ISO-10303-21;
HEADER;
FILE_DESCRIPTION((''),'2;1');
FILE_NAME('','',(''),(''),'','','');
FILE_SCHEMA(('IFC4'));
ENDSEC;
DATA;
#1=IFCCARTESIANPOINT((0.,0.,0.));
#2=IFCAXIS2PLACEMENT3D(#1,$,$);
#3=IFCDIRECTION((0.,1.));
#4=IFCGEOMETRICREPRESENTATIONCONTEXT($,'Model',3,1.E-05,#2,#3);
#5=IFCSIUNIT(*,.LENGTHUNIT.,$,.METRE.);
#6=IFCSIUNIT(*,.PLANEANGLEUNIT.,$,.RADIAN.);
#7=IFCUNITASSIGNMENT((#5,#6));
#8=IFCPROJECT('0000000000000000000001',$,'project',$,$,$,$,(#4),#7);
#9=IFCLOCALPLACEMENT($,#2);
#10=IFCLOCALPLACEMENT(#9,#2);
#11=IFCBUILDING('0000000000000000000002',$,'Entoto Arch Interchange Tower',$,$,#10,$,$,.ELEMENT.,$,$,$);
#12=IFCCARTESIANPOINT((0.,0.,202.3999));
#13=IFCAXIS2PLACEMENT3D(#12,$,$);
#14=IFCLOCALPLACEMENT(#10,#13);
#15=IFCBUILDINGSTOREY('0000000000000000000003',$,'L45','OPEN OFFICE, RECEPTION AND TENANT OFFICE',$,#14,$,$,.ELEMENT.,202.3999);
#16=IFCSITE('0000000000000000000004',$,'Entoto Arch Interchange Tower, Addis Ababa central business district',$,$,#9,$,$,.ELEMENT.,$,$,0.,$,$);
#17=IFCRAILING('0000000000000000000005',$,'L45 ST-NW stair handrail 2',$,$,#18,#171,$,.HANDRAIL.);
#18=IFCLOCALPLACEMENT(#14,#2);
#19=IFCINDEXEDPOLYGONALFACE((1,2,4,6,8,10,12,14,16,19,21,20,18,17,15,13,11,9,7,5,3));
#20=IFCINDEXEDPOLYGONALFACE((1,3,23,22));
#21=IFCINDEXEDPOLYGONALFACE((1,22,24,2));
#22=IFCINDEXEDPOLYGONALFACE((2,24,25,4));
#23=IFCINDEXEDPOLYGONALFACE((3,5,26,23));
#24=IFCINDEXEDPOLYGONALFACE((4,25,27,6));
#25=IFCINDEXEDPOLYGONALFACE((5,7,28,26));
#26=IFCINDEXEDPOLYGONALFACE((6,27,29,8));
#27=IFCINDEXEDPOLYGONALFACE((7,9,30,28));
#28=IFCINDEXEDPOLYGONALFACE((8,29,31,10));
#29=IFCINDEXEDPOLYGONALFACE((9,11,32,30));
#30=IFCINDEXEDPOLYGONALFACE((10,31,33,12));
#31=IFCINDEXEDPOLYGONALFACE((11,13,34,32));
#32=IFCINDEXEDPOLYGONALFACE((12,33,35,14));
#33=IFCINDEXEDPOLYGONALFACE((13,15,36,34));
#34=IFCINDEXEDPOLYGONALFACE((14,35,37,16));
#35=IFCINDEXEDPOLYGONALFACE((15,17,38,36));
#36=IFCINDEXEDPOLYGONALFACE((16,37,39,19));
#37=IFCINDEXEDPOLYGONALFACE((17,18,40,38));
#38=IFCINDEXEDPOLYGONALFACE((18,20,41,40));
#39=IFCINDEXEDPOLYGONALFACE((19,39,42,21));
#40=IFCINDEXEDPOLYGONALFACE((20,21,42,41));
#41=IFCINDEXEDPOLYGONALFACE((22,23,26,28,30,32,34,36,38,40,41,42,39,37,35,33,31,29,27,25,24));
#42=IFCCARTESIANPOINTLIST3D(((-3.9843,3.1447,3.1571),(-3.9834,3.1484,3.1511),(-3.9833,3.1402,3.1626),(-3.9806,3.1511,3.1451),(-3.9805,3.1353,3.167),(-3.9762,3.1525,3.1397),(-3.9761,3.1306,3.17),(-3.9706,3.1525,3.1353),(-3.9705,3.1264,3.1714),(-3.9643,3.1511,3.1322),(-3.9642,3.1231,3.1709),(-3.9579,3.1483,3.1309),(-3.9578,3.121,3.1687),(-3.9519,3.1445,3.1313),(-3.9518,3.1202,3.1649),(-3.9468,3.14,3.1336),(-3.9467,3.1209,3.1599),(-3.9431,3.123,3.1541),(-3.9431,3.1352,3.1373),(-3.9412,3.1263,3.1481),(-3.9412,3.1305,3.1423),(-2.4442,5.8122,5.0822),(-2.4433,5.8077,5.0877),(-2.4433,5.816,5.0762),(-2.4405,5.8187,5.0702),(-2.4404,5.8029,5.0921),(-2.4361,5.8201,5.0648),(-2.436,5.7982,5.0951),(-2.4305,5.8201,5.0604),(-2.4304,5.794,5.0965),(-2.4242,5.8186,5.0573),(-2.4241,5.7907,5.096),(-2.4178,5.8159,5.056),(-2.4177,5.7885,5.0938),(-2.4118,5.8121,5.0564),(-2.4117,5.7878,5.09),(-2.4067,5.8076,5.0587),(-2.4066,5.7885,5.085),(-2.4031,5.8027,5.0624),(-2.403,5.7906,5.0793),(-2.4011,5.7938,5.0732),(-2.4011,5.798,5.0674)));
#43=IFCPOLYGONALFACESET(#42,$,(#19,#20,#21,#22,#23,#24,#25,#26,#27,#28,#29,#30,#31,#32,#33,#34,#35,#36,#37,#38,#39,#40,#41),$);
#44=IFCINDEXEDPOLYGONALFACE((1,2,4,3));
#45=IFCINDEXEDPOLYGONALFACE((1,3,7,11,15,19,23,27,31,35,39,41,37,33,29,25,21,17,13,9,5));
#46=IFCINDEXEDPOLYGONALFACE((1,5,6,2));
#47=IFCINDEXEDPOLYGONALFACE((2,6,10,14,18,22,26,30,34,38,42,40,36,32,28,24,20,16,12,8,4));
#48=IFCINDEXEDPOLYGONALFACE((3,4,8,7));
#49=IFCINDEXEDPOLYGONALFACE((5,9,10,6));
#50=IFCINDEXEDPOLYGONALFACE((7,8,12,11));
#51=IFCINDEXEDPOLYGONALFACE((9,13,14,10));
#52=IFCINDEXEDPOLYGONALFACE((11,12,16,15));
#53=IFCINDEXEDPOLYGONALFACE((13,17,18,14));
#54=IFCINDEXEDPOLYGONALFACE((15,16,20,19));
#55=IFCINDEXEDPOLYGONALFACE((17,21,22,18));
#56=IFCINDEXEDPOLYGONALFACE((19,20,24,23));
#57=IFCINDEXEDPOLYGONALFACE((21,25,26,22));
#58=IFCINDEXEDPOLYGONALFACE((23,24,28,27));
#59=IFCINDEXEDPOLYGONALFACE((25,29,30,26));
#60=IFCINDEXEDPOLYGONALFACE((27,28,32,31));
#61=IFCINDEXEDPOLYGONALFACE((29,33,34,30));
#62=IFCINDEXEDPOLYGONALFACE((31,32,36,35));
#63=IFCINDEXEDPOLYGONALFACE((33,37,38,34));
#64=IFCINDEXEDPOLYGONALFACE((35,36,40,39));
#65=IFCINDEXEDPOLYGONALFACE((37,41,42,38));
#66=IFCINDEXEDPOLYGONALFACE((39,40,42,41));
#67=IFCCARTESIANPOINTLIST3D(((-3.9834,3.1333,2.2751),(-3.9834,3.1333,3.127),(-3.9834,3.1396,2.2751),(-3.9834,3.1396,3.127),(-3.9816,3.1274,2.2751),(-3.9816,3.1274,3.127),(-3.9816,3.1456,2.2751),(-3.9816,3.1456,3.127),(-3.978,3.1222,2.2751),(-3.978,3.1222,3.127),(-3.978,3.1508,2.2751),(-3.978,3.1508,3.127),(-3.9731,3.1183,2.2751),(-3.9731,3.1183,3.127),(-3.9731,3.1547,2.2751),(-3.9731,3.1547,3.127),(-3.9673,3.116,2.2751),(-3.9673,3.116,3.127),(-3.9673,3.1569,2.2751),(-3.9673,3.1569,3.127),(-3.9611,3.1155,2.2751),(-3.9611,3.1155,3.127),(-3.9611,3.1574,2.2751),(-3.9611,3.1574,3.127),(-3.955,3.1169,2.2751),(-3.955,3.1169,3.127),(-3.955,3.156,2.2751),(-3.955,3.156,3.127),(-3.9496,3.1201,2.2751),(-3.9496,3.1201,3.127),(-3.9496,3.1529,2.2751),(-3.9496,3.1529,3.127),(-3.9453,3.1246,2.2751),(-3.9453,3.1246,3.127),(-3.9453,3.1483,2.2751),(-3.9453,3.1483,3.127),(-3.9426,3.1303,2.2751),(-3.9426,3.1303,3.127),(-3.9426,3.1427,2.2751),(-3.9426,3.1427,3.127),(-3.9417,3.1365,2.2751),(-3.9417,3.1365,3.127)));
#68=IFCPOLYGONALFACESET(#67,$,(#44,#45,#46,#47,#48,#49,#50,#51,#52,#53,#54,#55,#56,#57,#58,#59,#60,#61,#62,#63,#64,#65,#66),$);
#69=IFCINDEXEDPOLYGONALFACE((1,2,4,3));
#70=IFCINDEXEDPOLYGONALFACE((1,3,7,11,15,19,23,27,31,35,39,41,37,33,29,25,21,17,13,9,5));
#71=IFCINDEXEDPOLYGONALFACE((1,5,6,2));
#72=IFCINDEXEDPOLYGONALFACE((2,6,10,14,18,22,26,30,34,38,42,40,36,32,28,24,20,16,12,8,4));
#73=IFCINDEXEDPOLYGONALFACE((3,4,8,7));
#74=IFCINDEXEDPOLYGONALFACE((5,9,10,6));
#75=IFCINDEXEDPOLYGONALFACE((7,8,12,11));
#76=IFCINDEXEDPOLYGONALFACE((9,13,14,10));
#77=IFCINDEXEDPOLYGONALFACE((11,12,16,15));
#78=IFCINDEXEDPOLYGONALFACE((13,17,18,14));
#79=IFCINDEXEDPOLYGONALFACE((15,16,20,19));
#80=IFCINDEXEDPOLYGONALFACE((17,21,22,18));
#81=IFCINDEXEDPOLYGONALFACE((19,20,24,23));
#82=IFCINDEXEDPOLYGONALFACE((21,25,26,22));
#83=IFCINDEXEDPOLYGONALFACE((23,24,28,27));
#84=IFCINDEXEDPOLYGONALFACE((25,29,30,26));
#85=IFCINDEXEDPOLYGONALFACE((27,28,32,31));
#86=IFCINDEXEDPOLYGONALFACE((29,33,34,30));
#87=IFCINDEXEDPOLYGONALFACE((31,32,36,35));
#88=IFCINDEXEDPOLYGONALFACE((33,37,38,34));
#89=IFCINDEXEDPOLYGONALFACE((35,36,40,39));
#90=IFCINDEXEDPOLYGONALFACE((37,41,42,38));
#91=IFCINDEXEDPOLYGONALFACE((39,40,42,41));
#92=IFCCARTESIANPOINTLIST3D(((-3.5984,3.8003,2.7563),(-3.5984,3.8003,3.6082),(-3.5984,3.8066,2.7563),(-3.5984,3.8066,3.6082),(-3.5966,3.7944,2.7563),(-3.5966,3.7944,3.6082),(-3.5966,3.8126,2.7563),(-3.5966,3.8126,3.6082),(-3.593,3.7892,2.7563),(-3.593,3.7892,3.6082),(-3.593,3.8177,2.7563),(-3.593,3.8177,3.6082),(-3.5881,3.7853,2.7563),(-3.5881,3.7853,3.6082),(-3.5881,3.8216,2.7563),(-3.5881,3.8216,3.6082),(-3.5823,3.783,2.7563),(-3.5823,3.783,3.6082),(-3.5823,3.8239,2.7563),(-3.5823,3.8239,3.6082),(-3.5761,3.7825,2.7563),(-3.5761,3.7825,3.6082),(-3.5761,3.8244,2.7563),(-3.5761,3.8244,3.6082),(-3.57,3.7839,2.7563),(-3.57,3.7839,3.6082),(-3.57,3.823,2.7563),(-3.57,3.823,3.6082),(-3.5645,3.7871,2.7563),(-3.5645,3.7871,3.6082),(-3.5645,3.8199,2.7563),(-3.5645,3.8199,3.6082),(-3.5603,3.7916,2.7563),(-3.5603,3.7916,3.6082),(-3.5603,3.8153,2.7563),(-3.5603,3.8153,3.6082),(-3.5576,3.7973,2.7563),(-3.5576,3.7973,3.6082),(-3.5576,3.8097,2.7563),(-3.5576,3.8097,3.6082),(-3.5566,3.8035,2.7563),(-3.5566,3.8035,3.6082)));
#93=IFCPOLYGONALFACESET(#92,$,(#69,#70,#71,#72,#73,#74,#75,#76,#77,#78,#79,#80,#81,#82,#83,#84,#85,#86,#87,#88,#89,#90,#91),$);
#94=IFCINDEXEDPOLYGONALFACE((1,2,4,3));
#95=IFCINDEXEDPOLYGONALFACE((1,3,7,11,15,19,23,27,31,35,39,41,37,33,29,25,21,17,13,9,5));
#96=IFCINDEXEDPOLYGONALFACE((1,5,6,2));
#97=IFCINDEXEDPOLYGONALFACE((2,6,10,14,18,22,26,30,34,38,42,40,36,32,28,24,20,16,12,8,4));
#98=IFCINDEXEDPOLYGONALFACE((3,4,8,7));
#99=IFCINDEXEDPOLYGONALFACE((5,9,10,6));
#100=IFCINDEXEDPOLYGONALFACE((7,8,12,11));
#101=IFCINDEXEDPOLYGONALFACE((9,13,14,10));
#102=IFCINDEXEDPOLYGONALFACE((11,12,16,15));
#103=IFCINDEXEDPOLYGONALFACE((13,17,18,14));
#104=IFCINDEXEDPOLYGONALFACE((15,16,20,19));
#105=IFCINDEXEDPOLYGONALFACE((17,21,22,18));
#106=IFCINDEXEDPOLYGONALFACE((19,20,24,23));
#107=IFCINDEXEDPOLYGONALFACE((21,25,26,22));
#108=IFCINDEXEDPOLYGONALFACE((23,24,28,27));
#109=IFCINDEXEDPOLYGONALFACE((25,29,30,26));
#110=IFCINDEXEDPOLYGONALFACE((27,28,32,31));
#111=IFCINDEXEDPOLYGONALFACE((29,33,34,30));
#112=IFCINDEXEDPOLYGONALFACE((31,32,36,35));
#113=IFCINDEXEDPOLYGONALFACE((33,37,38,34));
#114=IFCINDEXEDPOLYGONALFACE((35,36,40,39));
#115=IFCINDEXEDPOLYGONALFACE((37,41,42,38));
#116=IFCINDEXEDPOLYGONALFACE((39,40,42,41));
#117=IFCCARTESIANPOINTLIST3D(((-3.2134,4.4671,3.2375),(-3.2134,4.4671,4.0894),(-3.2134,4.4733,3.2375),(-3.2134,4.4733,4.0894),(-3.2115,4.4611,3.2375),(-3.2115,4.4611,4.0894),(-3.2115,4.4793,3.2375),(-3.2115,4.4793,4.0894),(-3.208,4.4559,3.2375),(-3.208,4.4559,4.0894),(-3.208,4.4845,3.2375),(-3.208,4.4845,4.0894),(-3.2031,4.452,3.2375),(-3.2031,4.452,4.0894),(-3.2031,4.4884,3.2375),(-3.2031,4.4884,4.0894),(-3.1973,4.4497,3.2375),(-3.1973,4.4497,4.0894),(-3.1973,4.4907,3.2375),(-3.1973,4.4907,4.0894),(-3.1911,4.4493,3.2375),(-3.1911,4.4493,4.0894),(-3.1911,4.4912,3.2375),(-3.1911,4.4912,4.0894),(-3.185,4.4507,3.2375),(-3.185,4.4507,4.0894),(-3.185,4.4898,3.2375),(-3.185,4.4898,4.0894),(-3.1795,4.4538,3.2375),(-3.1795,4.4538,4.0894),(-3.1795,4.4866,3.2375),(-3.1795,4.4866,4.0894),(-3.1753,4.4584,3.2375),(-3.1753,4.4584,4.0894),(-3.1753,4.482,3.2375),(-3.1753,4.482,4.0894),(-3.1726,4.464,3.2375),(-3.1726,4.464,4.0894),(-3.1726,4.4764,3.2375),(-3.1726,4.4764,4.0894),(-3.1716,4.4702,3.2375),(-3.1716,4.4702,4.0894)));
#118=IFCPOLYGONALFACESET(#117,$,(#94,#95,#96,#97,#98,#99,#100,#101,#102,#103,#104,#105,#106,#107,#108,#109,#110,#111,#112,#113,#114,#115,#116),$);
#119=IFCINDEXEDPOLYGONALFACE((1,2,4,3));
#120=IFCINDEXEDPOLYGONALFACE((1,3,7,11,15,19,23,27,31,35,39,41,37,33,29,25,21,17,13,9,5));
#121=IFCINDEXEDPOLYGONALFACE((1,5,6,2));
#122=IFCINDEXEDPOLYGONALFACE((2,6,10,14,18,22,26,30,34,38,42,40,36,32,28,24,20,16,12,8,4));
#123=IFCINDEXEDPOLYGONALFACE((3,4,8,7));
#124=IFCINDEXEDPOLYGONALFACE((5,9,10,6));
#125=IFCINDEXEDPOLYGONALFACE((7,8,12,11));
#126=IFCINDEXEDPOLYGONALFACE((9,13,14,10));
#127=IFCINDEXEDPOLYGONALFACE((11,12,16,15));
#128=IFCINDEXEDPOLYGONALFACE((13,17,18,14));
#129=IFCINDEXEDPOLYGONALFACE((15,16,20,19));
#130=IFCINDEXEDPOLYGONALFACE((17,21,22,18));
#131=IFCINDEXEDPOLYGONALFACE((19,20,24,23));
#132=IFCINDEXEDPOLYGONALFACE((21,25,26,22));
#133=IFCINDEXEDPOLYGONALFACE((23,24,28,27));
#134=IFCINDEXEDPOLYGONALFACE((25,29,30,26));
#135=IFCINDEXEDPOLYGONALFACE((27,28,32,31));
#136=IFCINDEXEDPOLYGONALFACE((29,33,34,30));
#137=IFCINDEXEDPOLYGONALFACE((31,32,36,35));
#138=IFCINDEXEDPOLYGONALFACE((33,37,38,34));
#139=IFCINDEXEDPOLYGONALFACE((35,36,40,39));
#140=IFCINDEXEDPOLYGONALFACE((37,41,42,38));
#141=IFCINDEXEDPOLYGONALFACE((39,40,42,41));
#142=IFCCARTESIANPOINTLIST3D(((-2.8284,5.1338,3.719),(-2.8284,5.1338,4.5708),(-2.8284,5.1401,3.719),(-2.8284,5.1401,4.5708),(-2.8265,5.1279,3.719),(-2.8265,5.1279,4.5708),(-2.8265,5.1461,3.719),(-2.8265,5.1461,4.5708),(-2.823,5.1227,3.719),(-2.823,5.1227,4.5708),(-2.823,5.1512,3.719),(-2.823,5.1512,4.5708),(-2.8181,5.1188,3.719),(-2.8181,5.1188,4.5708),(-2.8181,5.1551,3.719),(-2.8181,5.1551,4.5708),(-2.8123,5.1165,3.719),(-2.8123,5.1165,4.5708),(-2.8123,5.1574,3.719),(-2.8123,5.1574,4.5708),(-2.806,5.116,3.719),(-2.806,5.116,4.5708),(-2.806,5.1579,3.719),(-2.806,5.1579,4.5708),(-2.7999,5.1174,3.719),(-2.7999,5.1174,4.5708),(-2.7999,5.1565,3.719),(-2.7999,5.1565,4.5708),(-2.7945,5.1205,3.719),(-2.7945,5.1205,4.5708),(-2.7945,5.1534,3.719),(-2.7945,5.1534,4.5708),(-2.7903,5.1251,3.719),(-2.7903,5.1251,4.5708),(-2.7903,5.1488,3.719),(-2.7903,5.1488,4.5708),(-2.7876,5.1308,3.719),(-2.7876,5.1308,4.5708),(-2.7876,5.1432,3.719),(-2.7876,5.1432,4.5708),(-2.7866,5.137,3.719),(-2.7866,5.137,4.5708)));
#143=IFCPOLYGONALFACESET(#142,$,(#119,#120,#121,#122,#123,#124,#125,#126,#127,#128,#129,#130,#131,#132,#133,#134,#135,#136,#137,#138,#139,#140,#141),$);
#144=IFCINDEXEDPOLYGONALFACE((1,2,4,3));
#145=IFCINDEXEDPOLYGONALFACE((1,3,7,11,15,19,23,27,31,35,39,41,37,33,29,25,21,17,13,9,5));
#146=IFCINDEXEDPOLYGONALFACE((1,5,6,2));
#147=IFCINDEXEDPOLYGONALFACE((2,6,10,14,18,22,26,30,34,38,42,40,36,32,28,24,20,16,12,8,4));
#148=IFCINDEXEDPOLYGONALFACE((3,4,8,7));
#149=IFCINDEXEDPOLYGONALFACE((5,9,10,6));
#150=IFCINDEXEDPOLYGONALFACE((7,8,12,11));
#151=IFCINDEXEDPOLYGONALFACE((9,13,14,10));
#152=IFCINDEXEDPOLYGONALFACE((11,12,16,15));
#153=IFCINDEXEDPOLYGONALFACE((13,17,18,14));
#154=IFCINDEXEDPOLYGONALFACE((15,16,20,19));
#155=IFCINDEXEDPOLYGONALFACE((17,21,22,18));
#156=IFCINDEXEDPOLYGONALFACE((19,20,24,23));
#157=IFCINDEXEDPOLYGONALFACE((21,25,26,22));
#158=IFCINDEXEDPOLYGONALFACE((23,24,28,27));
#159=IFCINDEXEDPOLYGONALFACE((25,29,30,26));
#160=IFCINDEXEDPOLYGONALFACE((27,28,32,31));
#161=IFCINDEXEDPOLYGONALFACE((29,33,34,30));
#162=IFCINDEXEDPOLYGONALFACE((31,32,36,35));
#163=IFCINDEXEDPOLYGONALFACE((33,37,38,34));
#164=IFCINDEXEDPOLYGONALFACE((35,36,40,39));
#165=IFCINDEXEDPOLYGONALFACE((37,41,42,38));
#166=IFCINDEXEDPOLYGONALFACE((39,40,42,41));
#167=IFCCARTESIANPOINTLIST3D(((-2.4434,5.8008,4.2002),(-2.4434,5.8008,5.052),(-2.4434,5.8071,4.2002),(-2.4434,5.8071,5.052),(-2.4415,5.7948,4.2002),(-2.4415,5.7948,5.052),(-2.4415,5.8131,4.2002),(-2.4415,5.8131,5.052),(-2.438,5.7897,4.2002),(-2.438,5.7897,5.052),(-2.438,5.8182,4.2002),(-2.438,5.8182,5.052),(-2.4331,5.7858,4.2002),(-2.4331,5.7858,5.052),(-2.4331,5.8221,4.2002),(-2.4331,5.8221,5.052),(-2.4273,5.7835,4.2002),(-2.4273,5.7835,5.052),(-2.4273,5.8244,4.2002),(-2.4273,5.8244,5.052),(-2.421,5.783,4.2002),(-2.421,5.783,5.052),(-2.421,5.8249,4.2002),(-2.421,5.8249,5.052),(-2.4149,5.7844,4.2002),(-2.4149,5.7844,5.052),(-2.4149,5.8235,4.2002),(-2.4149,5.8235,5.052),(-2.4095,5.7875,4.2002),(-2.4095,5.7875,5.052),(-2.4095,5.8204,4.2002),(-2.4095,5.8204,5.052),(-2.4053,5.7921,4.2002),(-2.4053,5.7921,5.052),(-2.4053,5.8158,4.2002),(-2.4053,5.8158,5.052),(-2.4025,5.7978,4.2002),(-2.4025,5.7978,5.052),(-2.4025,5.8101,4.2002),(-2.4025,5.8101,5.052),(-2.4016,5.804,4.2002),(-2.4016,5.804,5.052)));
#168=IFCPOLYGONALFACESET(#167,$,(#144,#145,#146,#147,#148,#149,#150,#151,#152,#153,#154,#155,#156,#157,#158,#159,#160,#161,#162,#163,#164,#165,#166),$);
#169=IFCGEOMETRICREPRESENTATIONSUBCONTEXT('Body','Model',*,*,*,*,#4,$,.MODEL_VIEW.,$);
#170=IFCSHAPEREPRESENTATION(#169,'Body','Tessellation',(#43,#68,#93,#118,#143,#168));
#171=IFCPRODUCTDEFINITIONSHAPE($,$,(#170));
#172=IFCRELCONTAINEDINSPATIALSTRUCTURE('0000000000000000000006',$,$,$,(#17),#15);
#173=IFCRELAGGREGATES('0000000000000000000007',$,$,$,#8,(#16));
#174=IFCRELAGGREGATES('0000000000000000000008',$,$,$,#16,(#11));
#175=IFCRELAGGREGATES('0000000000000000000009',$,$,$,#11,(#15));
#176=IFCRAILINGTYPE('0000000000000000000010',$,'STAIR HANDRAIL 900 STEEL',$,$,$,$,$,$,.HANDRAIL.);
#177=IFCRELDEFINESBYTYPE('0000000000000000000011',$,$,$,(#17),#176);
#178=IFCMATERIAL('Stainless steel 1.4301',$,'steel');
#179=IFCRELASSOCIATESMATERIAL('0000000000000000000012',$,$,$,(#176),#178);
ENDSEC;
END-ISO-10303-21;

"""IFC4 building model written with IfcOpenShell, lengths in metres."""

from ifc_helpers import new_model, si_unit, direction, frame, origin, origin_2d, place, context, subcontext, project, spatial, circle, extrude, material, type_object, element, save


model = new_model("IFC4")

# Units and contexts
model_context = context("Model", 3, precision=1e-05, world=origin(), true_north=direction((0.0, 1.0)))
body_context = subcontext(model_context, "Body", "Model", "MODEL_VIEW")
ifc_project = project(units=[si_unit("LENGTHUNIT", "METRE"), si_unit("PLANEANGLEUNIT", "RADIAN")], contexts=[model_context])

# Site, building, storey
site_placement = place(None, origin())
site = spatial("IfcSite", under=ifc_project, at=site_placement, Name="Entoto Arch Interchange Tower, Addis Ababa central business district", CompositionType="ELEMENT", RefElevation=0.0)
building_placement = place(site_placement, origin())
building = spatial("IfcBuilding", under=site, at=building_placement, Name="Entoto Arch Interchange Tower", CompositionType="ELEMENT")
storey_placement = place(building_placement, frame((0.0, 0.0, 202.3999)))
storey = spatial("IfcBuildingStorey", under=building, at=storey_placement, Name="L45", Description="OPEN OFFICE, RECEPTION AND TENANT OFFICE", CompositionType="ELEMENT", Elevation=202.3999)

# Railing
ifc_material_1 = material(Name="Stainless steel 1.4301", Category="steel")
railing_type_1 = type_object("IfcRailingType", Name="STAIR HANDRAIL 900 STEEL", PredefinedType="HANDRAIL", material=ifc_material_1)
railing_1_placement = place(storey_placement, frame((-3.9626, 3.1365, 2.2751)))
element("IfcRailing", 1, at=railing_1_placement, inside=storey, type_object=railing_type_1, Name="L45 ST-NW stair handrail 2", PredefinedType="HANDRAIL", context=body_context, shape_type="SweptSolid", body=[
    extrude(circle(Radius=0.0239, at=origin_2d()), frame((0.0, 0.0, 0.876), z_axis=(0.423994, 0.734395, 0.529993), x_axis=(-0.86603, 0.499992, 0.0)), (0.0, 0.0, 1.0), 3.6323),
    extrude(circle(Radius=0.021, at=origin_2d()), origin(), (0.0, 0.0, 1.0), 0.8518),
    extrude(circle(Radius=0.021, at=origin_2d()), frame((0.385, 0.667, 0.4812)), (0.0, 0.0, 1.0), 0.8518),
    extrude(circle(Radius=0.021, at=origin_2d()), frame((0.77, 1.3337, 0.9624)), (0.0, 0.0, 1.0), 0.8518),
    extrude(circle(Radius=0.021, at=origin_2d()), frame((1.155, 2.0005, 1.4438)), (0.0, 0.0, 1.0), 0.8518),
    extrude(circle(Radius=0.021, at=origin_2d()), frame((1.54, 2.6675, 1.925)), (0.0, 0.0, 1.0), 0.8518),
])

save(model, "model.ifc")
